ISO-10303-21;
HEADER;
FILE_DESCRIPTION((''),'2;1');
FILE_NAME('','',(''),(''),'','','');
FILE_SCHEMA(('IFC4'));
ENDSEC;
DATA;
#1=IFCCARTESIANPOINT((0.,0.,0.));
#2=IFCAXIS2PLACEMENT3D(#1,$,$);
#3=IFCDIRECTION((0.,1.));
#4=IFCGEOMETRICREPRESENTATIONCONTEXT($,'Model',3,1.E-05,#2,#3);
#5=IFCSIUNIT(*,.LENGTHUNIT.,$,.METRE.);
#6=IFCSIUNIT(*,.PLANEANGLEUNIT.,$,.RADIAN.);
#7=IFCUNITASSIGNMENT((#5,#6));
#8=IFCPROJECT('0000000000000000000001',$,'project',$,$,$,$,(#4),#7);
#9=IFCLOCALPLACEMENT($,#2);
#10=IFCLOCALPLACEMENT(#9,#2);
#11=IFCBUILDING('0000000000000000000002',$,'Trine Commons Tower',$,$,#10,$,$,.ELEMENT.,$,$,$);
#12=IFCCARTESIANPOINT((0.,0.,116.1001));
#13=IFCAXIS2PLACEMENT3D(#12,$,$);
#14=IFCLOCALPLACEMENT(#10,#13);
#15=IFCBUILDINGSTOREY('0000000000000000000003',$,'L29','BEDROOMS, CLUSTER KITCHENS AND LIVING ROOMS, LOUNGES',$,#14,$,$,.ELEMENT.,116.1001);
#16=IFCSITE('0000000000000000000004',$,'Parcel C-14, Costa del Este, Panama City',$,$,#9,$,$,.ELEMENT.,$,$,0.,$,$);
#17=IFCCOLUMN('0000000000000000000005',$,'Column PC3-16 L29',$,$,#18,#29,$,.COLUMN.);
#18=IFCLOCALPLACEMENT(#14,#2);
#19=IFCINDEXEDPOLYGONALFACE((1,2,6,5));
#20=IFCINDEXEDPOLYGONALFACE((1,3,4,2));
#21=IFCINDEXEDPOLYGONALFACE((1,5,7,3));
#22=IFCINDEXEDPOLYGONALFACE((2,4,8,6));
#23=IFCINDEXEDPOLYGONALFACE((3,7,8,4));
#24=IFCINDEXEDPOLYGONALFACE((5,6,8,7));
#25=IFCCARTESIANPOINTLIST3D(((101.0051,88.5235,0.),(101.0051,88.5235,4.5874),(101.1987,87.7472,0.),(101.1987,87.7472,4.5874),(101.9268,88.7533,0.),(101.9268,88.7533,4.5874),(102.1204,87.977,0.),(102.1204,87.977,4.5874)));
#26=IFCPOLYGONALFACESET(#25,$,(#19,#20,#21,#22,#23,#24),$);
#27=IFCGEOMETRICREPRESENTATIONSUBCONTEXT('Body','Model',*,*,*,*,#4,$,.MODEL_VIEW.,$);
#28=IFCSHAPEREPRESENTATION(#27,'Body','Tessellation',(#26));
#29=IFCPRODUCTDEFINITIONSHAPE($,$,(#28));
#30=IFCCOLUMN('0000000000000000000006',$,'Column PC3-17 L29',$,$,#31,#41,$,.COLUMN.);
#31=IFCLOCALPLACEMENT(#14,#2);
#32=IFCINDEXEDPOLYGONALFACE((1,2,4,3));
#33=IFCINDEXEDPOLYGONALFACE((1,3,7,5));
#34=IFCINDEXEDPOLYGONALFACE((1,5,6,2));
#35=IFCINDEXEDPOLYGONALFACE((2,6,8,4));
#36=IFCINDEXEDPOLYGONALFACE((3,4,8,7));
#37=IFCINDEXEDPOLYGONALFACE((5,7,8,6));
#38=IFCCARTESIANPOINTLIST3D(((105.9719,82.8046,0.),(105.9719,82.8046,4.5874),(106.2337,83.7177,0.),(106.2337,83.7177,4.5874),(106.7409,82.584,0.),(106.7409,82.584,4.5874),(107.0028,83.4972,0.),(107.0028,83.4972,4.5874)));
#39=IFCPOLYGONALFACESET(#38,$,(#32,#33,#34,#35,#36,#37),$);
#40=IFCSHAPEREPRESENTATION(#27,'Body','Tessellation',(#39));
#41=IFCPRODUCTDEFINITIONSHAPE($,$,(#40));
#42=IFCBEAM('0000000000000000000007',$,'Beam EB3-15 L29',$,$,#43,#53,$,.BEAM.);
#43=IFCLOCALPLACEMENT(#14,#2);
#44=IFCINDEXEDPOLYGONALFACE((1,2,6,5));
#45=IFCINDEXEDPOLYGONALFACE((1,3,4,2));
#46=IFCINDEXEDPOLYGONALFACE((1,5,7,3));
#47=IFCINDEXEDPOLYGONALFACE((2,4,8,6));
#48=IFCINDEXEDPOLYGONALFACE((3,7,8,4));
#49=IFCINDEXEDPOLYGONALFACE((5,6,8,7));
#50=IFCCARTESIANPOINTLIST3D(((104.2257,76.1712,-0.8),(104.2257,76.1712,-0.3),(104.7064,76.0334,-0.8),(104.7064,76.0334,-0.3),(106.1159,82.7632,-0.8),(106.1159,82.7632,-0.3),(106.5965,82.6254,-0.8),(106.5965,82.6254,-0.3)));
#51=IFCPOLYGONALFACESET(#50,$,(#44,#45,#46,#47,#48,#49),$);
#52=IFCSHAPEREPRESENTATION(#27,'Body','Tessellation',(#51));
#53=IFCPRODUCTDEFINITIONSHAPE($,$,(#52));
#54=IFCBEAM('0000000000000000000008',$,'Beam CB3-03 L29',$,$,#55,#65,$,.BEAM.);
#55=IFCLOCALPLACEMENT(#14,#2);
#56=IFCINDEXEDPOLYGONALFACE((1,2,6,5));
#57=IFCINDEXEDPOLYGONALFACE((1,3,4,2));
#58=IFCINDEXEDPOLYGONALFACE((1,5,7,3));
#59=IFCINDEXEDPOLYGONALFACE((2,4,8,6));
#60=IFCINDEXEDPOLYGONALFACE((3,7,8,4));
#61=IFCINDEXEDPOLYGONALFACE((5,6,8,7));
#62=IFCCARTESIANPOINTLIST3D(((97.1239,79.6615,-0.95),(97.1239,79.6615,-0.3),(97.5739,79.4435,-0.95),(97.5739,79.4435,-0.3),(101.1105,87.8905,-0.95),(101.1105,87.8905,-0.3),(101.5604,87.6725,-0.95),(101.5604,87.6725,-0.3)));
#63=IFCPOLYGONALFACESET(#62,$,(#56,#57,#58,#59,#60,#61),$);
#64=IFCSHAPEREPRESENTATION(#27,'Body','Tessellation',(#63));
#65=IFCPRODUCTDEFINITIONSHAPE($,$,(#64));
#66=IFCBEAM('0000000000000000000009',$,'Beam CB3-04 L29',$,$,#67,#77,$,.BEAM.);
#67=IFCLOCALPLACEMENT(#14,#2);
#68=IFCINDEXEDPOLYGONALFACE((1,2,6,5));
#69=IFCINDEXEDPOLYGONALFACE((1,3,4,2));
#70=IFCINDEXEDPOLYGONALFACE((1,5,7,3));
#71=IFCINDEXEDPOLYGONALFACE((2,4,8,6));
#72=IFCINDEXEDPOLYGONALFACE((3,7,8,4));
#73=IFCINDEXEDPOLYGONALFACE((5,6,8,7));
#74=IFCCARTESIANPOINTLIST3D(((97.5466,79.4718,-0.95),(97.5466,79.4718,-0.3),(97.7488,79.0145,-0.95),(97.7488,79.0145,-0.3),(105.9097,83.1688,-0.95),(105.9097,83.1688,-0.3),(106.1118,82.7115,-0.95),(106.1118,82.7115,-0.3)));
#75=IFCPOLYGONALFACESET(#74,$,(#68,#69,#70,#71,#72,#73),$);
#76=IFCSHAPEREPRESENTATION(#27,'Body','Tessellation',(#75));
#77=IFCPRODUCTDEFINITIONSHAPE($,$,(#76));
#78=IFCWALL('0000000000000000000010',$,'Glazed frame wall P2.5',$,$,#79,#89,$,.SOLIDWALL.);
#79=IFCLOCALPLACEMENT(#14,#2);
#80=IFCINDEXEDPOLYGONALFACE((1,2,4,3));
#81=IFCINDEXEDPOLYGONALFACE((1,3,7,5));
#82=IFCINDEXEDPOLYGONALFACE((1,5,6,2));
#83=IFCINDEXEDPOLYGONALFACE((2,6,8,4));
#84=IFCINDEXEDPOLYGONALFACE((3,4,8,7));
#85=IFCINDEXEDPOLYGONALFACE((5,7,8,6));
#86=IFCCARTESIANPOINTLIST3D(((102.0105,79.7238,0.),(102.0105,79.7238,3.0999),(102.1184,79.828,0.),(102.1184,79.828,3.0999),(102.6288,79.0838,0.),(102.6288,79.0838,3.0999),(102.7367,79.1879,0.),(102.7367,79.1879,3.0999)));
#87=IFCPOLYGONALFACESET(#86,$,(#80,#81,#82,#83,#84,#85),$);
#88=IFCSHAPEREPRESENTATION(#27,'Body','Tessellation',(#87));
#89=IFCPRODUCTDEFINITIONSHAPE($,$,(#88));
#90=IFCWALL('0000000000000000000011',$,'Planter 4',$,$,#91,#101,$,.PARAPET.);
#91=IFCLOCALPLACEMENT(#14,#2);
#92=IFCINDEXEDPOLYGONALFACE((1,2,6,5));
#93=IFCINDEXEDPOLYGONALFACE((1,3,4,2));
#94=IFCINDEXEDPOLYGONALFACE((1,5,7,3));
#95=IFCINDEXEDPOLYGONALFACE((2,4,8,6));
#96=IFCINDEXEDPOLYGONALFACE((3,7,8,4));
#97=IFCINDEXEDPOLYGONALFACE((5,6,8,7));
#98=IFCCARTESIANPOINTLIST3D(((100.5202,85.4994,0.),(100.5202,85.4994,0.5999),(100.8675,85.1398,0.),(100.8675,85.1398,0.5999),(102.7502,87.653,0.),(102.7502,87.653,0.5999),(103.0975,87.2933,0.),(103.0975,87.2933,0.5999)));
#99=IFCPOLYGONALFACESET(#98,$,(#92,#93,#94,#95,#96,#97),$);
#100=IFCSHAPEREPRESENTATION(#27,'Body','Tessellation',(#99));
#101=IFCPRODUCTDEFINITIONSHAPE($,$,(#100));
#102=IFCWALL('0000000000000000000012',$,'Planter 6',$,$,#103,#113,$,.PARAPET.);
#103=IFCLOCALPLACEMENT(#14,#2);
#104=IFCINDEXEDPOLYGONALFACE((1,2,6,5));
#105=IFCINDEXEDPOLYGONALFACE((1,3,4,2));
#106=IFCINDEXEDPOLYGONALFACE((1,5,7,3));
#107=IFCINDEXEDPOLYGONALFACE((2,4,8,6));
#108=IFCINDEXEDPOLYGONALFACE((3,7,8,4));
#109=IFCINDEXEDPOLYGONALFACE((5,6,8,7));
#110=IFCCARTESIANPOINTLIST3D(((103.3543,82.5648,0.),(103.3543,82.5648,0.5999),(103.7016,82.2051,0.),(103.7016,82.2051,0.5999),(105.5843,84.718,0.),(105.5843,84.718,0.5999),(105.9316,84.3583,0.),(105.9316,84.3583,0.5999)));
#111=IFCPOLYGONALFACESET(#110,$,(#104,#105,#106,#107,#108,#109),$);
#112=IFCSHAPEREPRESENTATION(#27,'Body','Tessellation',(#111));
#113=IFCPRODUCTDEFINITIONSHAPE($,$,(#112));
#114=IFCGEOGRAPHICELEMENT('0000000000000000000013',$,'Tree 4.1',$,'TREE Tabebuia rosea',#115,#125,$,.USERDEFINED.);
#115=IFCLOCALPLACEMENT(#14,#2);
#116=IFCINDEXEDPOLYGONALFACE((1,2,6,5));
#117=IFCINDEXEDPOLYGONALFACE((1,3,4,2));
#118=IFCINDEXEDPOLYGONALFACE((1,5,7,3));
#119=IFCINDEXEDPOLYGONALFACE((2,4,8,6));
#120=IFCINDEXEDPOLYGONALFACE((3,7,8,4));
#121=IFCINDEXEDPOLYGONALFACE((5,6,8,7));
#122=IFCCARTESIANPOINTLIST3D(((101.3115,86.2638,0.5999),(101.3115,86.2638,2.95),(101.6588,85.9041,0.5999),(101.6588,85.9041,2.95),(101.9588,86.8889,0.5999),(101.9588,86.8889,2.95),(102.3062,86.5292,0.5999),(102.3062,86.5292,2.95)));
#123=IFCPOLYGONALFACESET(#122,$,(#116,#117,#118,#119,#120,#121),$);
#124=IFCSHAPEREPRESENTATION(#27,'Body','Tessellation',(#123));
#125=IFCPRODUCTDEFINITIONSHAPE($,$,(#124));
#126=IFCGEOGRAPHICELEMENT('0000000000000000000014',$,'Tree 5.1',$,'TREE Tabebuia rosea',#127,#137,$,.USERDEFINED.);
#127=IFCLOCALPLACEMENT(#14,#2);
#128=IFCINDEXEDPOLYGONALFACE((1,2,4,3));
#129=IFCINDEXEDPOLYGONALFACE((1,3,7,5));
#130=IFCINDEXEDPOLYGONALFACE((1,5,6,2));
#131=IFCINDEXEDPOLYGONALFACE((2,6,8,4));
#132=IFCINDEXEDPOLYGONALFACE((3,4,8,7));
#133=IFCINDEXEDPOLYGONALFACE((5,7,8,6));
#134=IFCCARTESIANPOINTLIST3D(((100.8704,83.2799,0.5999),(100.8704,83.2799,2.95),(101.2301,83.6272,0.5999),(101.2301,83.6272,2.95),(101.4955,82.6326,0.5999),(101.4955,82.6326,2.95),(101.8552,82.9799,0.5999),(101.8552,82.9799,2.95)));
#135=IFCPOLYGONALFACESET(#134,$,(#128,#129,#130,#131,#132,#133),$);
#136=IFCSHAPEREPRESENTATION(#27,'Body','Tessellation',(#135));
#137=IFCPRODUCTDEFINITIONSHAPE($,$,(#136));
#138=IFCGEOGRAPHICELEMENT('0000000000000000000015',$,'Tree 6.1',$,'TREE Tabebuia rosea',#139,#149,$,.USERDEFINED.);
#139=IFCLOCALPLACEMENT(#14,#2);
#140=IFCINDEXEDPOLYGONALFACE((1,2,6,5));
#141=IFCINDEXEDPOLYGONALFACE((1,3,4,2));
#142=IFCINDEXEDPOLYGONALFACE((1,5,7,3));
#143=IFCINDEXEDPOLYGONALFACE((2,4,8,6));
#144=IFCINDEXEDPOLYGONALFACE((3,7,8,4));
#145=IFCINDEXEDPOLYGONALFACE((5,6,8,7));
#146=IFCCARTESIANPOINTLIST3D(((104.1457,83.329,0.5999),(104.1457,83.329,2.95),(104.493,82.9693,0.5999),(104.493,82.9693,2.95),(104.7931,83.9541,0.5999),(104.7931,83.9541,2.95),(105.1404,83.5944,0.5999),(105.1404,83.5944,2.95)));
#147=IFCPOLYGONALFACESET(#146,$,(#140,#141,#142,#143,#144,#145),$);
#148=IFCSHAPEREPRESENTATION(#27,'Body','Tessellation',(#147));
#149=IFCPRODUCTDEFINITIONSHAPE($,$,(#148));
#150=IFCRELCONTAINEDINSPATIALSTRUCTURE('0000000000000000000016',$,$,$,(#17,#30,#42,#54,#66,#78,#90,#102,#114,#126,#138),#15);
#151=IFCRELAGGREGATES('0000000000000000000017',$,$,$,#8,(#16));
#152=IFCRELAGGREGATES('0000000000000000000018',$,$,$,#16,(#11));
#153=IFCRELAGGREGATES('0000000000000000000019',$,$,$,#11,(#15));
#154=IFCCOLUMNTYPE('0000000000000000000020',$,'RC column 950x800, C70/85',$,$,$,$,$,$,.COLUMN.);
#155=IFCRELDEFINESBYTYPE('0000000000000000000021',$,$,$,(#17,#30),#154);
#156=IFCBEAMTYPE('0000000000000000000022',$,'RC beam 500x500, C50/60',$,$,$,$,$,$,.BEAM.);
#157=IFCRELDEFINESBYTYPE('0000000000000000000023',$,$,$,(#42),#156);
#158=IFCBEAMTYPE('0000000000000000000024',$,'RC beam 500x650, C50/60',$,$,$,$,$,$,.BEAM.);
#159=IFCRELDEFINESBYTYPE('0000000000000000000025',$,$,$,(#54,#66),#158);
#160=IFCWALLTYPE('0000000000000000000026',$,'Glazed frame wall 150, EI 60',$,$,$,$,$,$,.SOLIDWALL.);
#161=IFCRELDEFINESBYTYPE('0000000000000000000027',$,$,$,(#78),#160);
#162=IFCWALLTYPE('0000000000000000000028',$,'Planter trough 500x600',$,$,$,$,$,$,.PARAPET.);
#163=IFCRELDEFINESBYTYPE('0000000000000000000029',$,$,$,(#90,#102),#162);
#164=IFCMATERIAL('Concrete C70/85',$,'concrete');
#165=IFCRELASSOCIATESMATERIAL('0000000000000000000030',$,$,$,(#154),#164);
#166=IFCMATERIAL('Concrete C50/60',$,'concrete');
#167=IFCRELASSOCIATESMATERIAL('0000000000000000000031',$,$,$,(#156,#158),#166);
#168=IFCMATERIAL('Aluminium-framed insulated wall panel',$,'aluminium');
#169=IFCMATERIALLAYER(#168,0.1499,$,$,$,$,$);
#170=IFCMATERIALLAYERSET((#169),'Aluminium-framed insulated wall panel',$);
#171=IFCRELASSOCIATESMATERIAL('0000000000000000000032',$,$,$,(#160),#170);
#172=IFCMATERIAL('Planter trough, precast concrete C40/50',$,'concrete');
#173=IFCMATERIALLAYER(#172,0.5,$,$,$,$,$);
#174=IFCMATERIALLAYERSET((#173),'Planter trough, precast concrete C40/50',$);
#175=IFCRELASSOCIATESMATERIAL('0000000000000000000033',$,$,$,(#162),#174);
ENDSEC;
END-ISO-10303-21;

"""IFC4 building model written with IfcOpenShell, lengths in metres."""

from ifc_helpers import new_model, si_unit, direction, frame, frame_2d, origin, origin_2d, place, context, subcontext, project, spatial, polyline, rectangle, outline, extrude, material, layer, layer_set, material_profile, profile_set, type_object, element, save


model = new_model("IFC4")

# Units and contexts
model_context = context("Model", 3, precision=1e-05, world=origin(), true_north=direction((0.0, 1.0)))
body_context = subcontext(model_context, "Body", "Model", "MODEL_VIEW")
ifc_project = project(units=[si_unit("LENGTHUNIT", "METRE"), si_unit("PLANEANGLEUNIT", "RADIAN")], contexts=[model_context])

# Site, building, storey
site_placement = place(None, origin())
site = spatial("IfcSite", under=ifc_project, at=site_placement, Name="Parcel C-14, Costa del Este, Panama City", CompositionType="ELEMENT", RefElevation=0.0)
building_placement = place(site_placement, origin())
building = spatial("IfcBuilding", under=site, at=building_placement, Name="Trine Commons Tower", CompositionType="ELEMENT")
storey_placement = place(building_placement, frame((0.0, 0.0, 116.1001)))
storey = spatial("IfcBuildingStorey", under=building, at=storey_placement, Name="L29", Description="BEDROOMS, CLUSTER KITCHENS AND LIVING ROOMS, LOUNGES", CompositionType="ELEMENT", Elevation=116.1001)

# Columns
ifc_material_1 = material(Name="Concrete C70/85", Category="concrete")
ifc_material_profile_1 = material_profile(ifc_material_1, rectangle(XDim=0.95, YDim=0.8, at=origin_2d()), Name="RC 950x800")
ifc_profile_set_1 = profile_set([ifc_material_profile_1], Name="Concrete C70/85")
column_type = type_object("IfcColumnType", Name="RC column 950x800, C70/85", PredefinedType="COLUMN", material=ifc_profile_set_1)
for number, where, z_axis, x_axis, name in (
    (1, (101.5627, 88.2502, 0.0), (0.0, 0.0, 1.0), (0.970296, 0.241922, 0.0), "Column PC3-16 L29"),
    (2, (106.4873, 83.1509, 0.0), (0.0, 0.0, 1.0), (0.275637, 0.961262, 0.0), "Column PC3-17 L29"),
):
    element("IfcColumn", number, at=place(storey_placement, frame(where, z_axis=z_axis, x_axis=x_axis)), inside=storey, type_object=column_type, Name=name, PredefinedType="COLUMN", context=body_context, shape_type="SweptSolid", body=[
        extrude(rectangle(XDim=0.95, YDim=0.8, at=origin_2d()), origin(), (0.0, 0.0, 1.0), 4.5874),
    ])

# Beams
ifc_material_2 = material(Name="Concrete C50/60", Category="concrete")
ifc_material_profile_2 = material_profile(ifc_material_2, rectangle(XDim=0.5, YDim=0.5, at=origin_2d()), Name="RC 500x500")
ifc_profile_set_2 = profile_set([ifc_material_profile_2], Name="Concrete C50/60")
beam_type_1 = type_object("IfcBeamType", Name="RC beam 500x500, C50/60", PredefinedType="BEAM", material=ifc_profile_set_2)
beam_placement = place(storey_placement, frame((106.3562, 82.6943, -0.55), z_axis=(-0.275624, -0.961266, 0.0), x_axis=(0.961266, -0.275624, 0.0)))
element("IfcBeam", 3, at=beam_placement, inside=storey, type_object=beam_type_1, Name="Beam EB3-15 L29", PredefinedType="BEAM", context=body_context, shape_type="SweptSolid", body=[
    extrude(rectangle(XDim=0.5, YDim=0.5, at=origin_2d()), origin(), (0.0, 0.0, 1.0), 6.8577),
])
ifc_material_profile_3 = material_profile(ifc_material_2, rectangle(XDim=0.5, YDim=0.6499, at=origin_2d()), Name="RC 500x650")
ifc_profile_set_3 = profile_set([ifc_material_profile_3], Name="Concrete C50/60")
beam_type_2 = type_object("IfcBeamType", Name="RC beam 500x650, C50/60", PredefinedType="BEAM", material=ifc_profile_set_3)
for number, where, z_axis, x_axis, name in (
    (4, (101.3354, 87.7815, -0.625), (-0.435986, -0.899953, 0.0), (0.899953, -0.435986, 0.0), "Beam CB3-03 L29"),
    (5, (106.0107, 82.9402, -0.625), (-0.914617, -0.404322, 0.0), (0.404322, -0.914617, 0.0), "Beam CB3-04 L29"),
):
    element("IfcBeam", number, at=place(storey_placement, frame(where, z_axis=z_axis, x_axis=x_axis)), inside=storey, type_object=beam_type_2, Name=name, PredefinedType="BEAM", context=body_context, shape_type="SweptSolid", body=[
        extrude(rectangle(XDim=0.5, YDim=0.6499, at=origin_2d()), origin(), (0.0, 0.0, 1.0), 9.1438),
    ])

# Wall
ifc_material_3 = material(Name="Aluminium-framed insulated wall panel", Category="aluminium")
ifc_layer_1 = layer(ifc_material_3, 0.1499)
ifc_layer_set_1 = layer_set([ifc_layer_1], Name="Aluminium-framed insulated wall panel")
wall_type_1 = type_object("IfcWallType", Name="Glazed frame wall 150, EI 60", PredefinedType="SOLIDWALL", material=ifc_layer_set_1)
wall_1_placement = place(storey_placement, frame((102.0645, 79.7759, 0.0), z_axis=(0.0, 0.0, 1.0), x_axis=(0.694795, -0.719208, 0.0)))
element("IfcWall", 6, at=wall_1_placement, inside=storey, type_object=wall_type_1, Name="Glazed frame wall P2.5", PredefinedType="SOLIDWALL", context=body_context, shape_type="SweptSolid", body=[
    extrude(outline(polyline([(0.8899, 0.075), (0.0, 0.075), (0.0, -0.075), (0.8899, -0.075), (0.8899, 0.075)])), origin(), (0.0, 0.0, 1.0), 3.0999),
])

# Walls
ifc_material_4 = material(Name="Planter trough, precast concrete C40/50", Category="concrete")
ifc_layer_2 = layer(ifc_material_4, 0.5)
ifc_layer_set_2 = layer_set([ifc_layer_2], Name="Planter trough, precast concrete C40/50")
wall_type_2 = type_object("IfcWallType", Name="Planter trough 500x600", PredefinedType="PARAPET", material=ifc_layer_set_2)
wall_2_placement = place(storey_placement, frame((102.9238, 87.4731, 0.0), z_axis=(0.0, 0.0, 1.0), x_axis=(-0.719324, -0.694675, 0.0)))
element("IfcWall", 7, at=wall_2_placement, inside=storey, type_object=wall_type_2, Name="Planter 4", PredefinedType="PARAPET", context=body_context, shape_type="SweptSolid", body=[
    extrude(rectangle(XDim=3.1001, YDim=0.5, at=frame_2d((1.55, 0.0))), origin(), (0.0, 0.0, 1.0), 0.5999),
])
wall_3_placement = place(storey_placement, frame((103.5281, 82.385, 0.0), z_axis=(0.0, 0.0, 1.0), x_axis=(0.719363, 0.694634, 0.0)))
element("IfcWall", 8, at=wall_3_placement, inside=storey, type_object=wall_type_2, Name="Planter 6", PredefinedType="PARAPET", context=body_context, shape_type="SweptSolid", body=[
    extrude(rectangle(XDim=3.0999, YDim=0.5, at=frame_2d((1.5498, 0.0))), origin(), (0.0, 0.0, 1.0), 0.5999),
])

# Geographic elements
for number, where, z_axis, x_axis, name in (
    (9, (101.8088, 86.3965, 0.5999), (0.0, 0.0, 1.0), (-0.719333, -0.694666, 0.0), "Tree 4.1"),
    (10, (101.3628, 83.1299, 0.5999), (0.0, 0.0, 1.0), (0.694658, -0.71934, 0.0), "Tree 5.1"),
    (11, (104.6431, 83.4617, 0.5999), (0.0, 0.0, 1.0), (0.719363, 0.694635, 0.0), "Tree 6.1"),
):
    element("IfcGeographicElement", number, at=place(storey_placement, frame(where, z_axis=z_axis, x_axis=x_axis)), inside=storey, Name=name, ObjectType="TREE Tabebuia rosea", PredefinedType="USERDEFINED", context=body_context, shape_type="SweptSolid", body=[
        extrude(rectangle(XDim=0.8999, YDim=0.5, at=origin_2d()), origin(), (0.0, 0.0, 1.0), 2.3501),
    ])

save(model, "model.ifc")
